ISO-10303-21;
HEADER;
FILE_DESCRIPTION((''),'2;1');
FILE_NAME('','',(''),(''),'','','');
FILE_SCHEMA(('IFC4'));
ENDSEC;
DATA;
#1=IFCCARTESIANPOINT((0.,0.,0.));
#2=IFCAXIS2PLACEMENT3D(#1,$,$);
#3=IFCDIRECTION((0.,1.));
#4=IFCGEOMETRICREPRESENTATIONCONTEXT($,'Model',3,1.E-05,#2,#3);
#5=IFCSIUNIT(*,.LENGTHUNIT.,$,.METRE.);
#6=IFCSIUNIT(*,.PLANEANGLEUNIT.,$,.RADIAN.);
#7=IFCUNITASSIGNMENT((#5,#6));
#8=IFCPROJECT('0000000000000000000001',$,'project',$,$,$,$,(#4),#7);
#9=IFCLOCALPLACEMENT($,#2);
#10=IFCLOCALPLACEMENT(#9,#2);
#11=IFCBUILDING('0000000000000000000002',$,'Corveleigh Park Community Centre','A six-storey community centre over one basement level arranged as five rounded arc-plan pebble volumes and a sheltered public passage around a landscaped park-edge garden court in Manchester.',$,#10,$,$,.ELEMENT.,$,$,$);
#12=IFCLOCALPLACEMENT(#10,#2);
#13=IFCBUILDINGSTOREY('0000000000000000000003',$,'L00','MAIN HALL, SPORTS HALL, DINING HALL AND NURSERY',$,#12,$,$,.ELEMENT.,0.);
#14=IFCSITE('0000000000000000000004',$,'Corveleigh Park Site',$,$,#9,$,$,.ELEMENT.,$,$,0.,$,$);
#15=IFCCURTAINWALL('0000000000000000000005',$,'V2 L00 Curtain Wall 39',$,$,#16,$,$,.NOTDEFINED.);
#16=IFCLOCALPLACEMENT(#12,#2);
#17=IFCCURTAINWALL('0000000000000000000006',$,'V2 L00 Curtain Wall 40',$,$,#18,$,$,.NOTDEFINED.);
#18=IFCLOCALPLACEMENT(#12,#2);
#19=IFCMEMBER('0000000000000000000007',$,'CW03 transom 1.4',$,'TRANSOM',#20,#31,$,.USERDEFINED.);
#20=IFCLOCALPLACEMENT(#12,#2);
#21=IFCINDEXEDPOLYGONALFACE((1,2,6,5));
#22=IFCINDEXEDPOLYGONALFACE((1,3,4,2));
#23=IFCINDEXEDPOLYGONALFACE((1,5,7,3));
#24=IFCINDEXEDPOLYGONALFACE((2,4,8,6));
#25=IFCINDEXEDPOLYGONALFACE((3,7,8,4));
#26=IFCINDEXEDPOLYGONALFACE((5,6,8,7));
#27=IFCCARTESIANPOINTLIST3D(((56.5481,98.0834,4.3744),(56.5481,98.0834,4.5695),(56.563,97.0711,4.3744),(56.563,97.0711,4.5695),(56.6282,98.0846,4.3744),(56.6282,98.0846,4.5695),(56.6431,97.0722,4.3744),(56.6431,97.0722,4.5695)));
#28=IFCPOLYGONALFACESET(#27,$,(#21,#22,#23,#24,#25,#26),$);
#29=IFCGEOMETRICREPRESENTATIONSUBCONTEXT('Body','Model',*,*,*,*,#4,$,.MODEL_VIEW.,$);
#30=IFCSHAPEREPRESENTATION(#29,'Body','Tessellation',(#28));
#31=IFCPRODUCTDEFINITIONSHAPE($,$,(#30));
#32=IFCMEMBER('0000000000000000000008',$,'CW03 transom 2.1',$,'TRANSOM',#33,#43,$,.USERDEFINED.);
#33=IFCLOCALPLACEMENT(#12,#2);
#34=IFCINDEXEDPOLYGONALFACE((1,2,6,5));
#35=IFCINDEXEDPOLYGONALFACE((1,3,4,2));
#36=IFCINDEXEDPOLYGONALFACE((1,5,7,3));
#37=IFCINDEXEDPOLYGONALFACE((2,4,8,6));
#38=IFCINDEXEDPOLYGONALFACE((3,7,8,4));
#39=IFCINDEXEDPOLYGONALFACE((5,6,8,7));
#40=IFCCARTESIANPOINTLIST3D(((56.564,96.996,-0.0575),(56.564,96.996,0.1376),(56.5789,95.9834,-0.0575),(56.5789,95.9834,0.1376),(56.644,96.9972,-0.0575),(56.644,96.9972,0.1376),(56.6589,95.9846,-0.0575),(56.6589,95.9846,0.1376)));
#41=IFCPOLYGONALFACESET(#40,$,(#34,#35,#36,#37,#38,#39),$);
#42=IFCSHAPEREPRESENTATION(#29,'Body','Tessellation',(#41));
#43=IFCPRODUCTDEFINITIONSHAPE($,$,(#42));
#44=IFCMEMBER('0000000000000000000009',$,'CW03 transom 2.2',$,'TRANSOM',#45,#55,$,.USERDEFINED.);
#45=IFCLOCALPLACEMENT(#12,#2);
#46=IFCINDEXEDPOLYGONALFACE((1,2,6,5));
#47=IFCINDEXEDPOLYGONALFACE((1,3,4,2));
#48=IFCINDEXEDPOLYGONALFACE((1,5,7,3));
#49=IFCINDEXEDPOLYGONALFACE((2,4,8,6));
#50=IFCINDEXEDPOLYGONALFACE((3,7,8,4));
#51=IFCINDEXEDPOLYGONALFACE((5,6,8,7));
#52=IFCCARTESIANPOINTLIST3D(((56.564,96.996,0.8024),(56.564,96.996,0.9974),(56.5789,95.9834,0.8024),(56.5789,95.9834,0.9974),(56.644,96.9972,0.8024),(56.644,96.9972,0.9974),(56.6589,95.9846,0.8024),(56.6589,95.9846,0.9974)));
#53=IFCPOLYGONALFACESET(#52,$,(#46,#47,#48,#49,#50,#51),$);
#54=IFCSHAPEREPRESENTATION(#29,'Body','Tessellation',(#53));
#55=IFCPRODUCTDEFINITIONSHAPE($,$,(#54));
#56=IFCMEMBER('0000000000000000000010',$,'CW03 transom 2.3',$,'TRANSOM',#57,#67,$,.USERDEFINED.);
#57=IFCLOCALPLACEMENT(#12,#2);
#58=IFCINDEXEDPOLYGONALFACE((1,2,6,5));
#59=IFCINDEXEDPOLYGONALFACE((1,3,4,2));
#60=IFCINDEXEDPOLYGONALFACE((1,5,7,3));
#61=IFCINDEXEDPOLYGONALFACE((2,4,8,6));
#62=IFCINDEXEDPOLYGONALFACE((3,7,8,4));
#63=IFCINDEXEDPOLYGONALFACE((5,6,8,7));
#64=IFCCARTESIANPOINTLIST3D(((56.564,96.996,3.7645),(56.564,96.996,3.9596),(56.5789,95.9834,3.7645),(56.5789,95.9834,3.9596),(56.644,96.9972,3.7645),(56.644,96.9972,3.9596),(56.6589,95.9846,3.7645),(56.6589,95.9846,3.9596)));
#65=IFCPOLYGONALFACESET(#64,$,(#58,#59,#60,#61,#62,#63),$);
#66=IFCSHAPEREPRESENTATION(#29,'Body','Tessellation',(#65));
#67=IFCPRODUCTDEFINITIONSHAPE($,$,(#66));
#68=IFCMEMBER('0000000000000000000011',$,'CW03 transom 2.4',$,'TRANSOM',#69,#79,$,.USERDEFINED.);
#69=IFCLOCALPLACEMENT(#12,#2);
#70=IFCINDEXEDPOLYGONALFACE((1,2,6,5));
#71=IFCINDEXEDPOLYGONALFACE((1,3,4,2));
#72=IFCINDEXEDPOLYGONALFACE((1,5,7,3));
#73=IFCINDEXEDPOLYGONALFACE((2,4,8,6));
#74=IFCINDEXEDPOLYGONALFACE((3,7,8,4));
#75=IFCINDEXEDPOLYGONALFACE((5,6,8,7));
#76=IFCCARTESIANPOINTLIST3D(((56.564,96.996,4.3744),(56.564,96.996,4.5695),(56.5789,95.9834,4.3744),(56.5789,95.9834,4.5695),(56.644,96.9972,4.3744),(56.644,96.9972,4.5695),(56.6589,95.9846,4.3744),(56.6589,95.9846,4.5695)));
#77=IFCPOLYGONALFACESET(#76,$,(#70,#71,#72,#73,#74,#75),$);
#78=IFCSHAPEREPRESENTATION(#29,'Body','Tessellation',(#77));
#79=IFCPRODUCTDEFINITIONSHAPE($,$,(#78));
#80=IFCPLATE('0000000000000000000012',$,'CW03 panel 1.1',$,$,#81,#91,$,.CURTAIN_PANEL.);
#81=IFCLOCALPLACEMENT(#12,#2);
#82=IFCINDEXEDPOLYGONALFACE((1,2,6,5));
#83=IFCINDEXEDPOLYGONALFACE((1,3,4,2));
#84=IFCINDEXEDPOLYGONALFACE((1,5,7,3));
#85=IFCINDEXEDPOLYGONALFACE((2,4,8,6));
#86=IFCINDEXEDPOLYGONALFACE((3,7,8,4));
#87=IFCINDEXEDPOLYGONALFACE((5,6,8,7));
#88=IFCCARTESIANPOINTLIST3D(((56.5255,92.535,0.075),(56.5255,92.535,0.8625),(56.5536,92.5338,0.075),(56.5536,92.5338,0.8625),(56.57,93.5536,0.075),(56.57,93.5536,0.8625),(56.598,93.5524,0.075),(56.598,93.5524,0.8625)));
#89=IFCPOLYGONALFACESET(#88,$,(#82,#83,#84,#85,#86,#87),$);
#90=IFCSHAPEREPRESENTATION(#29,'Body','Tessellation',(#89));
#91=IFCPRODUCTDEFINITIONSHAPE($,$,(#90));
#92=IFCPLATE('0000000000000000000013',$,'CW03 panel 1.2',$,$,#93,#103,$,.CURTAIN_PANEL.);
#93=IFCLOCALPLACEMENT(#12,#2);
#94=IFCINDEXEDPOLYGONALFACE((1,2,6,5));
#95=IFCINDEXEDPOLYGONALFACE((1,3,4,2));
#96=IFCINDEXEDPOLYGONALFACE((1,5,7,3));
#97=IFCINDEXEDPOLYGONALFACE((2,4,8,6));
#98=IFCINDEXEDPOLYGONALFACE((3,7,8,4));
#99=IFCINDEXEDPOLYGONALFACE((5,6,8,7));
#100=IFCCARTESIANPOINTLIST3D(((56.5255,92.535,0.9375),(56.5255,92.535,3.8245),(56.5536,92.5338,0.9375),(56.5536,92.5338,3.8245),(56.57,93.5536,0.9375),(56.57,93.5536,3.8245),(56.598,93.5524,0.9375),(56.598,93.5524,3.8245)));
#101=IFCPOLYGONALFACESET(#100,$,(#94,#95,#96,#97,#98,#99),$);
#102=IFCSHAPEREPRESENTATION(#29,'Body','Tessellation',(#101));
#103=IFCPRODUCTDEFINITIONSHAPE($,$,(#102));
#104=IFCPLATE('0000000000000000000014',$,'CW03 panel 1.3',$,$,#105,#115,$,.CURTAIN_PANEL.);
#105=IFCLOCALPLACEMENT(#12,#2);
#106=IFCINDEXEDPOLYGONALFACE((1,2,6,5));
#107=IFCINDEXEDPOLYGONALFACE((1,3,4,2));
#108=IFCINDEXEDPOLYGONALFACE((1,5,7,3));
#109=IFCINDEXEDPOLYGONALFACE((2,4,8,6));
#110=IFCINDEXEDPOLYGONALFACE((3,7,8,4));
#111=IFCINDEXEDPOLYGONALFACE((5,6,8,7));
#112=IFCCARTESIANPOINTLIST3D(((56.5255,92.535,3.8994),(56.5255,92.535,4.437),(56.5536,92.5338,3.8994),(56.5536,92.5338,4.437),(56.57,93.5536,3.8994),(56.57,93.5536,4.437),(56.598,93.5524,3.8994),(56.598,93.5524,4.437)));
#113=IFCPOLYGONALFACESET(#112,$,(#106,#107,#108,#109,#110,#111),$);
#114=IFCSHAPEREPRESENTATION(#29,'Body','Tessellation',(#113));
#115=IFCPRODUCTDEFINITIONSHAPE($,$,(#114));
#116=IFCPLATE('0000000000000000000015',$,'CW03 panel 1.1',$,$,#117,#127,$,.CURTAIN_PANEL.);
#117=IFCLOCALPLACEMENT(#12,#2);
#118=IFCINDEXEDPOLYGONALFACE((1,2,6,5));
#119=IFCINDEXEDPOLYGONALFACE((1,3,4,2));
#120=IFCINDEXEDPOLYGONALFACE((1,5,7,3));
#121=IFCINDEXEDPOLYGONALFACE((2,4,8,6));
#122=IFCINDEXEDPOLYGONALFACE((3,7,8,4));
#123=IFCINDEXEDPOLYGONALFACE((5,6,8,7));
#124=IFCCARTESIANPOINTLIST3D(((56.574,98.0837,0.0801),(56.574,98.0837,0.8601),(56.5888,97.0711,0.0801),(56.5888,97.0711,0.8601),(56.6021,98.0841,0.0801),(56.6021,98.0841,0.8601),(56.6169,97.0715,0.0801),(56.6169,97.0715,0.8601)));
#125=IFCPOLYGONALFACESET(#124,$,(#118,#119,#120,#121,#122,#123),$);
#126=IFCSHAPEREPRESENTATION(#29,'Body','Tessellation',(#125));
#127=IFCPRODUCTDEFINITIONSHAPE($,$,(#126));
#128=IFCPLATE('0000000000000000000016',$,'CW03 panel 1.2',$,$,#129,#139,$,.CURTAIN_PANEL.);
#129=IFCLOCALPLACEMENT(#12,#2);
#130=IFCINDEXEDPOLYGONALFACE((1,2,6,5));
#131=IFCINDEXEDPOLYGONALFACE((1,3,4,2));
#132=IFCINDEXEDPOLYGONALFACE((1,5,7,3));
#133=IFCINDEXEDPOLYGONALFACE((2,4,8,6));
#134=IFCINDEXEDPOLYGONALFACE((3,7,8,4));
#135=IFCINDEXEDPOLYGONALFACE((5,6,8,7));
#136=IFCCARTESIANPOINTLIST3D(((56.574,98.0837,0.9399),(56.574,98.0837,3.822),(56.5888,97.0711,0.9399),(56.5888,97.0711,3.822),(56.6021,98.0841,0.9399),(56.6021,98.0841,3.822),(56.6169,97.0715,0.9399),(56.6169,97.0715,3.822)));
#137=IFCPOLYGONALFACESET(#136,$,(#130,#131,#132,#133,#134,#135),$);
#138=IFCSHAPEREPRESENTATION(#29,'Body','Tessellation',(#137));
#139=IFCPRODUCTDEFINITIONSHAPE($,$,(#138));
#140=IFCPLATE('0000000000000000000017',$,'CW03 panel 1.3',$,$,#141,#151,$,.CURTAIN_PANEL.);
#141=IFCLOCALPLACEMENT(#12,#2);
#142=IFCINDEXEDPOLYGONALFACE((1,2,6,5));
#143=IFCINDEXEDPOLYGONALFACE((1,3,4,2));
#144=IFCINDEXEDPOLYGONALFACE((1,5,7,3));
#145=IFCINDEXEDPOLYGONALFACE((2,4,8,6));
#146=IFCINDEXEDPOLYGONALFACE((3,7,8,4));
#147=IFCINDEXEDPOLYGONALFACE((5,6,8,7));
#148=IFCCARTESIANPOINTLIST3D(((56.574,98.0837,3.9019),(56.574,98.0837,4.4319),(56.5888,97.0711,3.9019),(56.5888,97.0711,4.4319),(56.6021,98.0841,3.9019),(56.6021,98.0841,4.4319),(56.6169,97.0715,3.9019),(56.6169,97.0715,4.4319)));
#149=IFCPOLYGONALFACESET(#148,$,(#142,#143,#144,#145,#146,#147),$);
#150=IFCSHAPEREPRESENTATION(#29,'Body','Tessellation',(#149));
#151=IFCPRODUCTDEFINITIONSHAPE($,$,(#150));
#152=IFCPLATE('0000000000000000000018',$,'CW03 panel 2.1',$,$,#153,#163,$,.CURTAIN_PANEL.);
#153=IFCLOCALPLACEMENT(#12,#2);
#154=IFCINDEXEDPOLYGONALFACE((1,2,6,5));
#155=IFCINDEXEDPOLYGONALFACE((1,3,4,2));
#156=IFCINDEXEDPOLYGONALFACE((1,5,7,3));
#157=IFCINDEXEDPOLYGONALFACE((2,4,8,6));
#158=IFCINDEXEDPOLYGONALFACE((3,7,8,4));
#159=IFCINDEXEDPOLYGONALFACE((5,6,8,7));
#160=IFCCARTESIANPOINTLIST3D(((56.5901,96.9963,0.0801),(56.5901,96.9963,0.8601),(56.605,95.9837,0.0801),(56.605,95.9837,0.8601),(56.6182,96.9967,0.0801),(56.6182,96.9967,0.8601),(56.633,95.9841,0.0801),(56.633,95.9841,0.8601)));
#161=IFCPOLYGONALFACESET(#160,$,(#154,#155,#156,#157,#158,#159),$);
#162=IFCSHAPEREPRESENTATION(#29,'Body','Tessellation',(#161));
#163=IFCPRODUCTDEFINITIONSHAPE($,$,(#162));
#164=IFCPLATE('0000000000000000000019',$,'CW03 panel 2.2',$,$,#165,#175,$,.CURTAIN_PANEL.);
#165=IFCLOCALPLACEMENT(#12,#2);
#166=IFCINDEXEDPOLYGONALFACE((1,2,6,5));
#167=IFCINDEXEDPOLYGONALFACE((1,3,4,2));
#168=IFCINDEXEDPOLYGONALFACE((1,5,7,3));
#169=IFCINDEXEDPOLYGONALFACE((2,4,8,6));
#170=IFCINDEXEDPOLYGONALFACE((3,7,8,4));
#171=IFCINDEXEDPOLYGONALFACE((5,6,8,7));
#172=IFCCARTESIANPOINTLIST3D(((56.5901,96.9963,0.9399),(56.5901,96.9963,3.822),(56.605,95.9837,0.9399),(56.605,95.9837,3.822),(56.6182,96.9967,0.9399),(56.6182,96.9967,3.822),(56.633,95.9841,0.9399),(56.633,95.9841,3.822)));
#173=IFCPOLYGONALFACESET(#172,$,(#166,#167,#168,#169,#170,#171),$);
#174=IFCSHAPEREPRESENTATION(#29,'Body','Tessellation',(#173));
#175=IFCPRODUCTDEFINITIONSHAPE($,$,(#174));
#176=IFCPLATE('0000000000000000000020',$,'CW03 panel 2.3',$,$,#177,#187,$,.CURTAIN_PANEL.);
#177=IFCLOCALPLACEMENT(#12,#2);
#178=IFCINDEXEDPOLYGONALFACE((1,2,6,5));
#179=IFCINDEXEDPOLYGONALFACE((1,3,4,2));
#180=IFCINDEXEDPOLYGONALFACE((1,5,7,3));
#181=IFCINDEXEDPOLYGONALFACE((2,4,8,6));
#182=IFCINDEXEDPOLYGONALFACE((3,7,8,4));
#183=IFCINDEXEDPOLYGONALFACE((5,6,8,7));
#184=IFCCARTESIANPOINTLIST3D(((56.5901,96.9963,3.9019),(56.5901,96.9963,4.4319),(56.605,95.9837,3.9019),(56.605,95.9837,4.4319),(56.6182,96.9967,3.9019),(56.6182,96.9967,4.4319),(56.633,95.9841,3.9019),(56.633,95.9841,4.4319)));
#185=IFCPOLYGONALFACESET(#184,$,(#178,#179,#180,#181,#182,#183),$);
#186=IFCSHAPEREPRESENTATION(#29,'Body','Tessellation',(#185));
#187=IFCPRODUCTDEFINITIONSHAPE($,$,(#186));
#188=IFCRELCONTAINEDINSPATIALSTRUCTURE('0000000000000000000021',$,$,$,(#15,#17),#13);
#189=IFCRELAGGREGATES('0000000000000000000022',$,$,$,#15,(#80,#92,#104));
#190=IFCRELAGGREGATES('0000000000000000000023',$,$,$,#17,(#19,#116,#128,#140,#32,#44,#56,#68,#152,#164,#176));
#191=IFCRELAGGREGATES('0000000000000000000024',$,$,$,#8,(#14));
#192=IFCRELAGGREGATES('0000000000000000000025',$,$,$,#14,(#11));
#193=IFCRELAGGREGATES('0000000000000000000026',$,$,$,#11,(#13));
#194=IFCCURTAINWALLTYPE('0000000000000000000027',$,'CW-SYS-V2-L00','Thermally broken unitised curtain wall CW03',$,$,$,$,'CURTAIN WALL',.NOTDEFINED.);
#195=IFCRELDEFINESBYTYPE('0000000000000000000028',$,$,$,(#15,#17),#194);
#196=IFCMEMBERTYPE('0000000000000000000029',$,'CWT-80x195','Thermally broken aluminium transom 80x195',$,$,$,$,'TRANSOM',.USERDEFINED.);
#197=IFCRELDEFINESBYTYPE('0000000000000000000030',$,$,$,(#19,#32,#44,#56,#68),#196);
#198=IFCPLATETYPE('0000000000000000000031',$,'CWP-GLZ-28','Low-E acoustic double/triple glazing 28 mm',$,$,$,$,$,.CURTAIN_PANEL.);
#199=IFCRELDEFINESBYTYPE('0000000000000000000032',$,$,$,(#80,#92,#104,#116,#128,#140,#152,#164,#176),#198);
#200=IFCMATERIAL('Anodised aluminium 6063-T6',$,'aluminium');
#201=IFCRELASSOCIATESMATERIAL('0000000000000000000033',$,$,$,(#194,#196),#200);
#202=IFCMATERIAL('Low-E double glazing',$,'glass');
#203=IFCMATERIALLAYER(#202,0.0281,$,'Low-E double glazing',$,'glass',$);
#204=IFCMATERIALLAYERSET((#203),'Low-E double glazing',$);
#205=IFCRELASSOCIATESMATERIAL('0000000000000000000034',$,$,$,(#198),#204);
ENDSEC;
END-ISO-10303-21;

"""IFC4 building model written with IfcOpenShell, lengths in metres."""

from ifc_helpers import new_model, si_unit, direction, frame, origin, origin_2d, place, context, subcontext, project, spatial, rectangle, extrude, material, layer, layer_set, material_profile, profile_set, type_object, element, aggregate, save


model = new_model("IFC4")

# Units and contexts
model_context = context("Model", 3, precision=1e-05, world=origin(), true_north=direction((0.0, 1.0)))
body_context = subcontext(model_context, "Body", "Model", "MODEL_VIEW")
ifc_project = project(units=[si_unit("LENGTHUNIT", "METRE"), si_unit("PLANEANGLEUNIT", "RADIAN")], contexts=[model_context])

# Site, building, storey
site_placement = place(None, origin())
site = spatial("IfcSite", under=ifc_project, at=site_placement, Name="Corveleigh Park Site", CompositionType="ELEMENT", RefElevation=0.0)
building_placement = place(site_placement, origin())
building = spatial("IfcBuilding", under=site, at=building_placement, Name="Corveleigh Park Community Centre", Description="A six-storey community centre over one basement level arranged as five rounded arc-plan pebble volumes and a sheltered public passage around a landscaped park-edge garden court in Manchester.", CompositionType="ELEMENT")
storey_placement = place(building_placement, origin())
storey = spatial("IfcBuildingStorey", under=building, at=storey_placement, Name="L00", Description="MAIN HALL, SPORTS HALL, DINING HALL AND NURSERY", CompositionType="ELEMENT", Elevation=0.0)

# Curtain wall
ifc_material_1 = material(Name="Anodised aluminium 6063-T6", Category="aluminium")
curtain_wall_type = type_object("IfcCurtainWallType", Name="CW-SYS-V2-L00", Description="Thermally broken unitised curtain wall CW03", ElementType="CURTAIN WALL", PredefinedType="NOTDEFINED", material=ifc_material_1)
curtain_wall_1_placement = place(storey_placement, origin())
curtain_wall_1 = element("IfcCurtainWall", 1, at=curtain_wall_1_placement, inside=storey, type_object=curtain_wall_type, Name="V2 L00 Curtain Wall 39", PredefinedType="NOTDEFINED")

# Curtain wall
curtain_wall_2_placement = place(storey_placement, origin())
curtain_wall_2 = element("IfcCurtainWall", 2, at=curtain_wall_2_placement, inside=storey, type_object=curtain_wall_type, Name="V2 L00 Curtain Wall 40", PredefinedType="NOTDEFINED")

# Members
ifc_material_profile_1 = material_profile(ifc_material_1, rectangle(XDim=0.0801, YDim=0.1951, at=origin_2d()), Name="ALU-T80x195", Category="aluminium")
ifc_profile_set_1 = profile_set([ifc_material_profile_1], Name="Anodised aluminium 6063-T6")
member_type_1 = type_object("IfcMemberType", Name="CWT-80x195", Description="Thermally broken aluminium transom 80x195", ElementType="TRANSOM", PredefinedType="USERDEFINED", material=ifc_profile_set_1)
member_1_placement = place(storey_placement, frame((56.5881, 98.084, 4.4719), z_axis=(0.014708, -0.999892, 0.0), x_axis=(0.999892, 0.014708, 0.0)))
member_1 = element("IfcMember", 3, at=member_1_placement, type_object=member_type_1, Name="CW03 transom 1.4", ObjectType="TRANSOM", PredefinedType="USERDEFINED", context=body_context, shape_type="SweptSolid", body=[
    extrude(rectangle(XDim=0.0801, YDim=0.1951, at=origin_2d()), origin(), (0.0, 0.0, 1.0), 1.0125),
])
member_2_placement = place(storey_placement, frame((56.604, 96.9966, 0.04), z_axis=(0.014704, -0.999892, 0.0), x_axis=(0.999892, 0.014704, 0.0)))
member_2 = element("IfcMember", 4, at=member_2_placement, type_object=member_type_1, Name="CW03 transom 2.1", ObjectType="TRANSOM", PredefinedType="USERDEFINED", context=body_context, shape_type="SweptSolid", body=[
    extrude(rectangle(XDim=0.0801, YDim=0.1951, at=origin_2d()), origin(), (0.0, 0.0, 1.0), 1.0127),
])
member_3_placement = place(storey_placement, frame((56.604, 96.9966, 0.8999), z_axis=(0.014704, -0.999892, 0.0), x_axis=(0.999892, 0.014704, 0.0)))
member_3 = element("IfcMember", 5, at=member_3_placement, type_object=member_type_1, Name="CW03 transom 2.2", ObjectType="TRANSOM", PredefinedType="USERDEFINED", context=body_context, shape_type="SweptSolid", body=[
    extrude(rectangle(XDim=0.0801, YDim=0.1951, at=origin_2d()), origin(), (0.0, 0.0, 1.0), 1.0127),
])
member_4_placement = place(storey_placement, frame((56.604, 96.9966, 3.8621), z_axis=(0.014704, -0.999892, 0.0), x_axis=(0.999892, 0.014704, 0.0)))
member_4 = element("IfcMember", 6, at=member_4_placement, type_object=member_type_1, Name="CW03 transom 2.3", ObjectType="TRANSOM", PredefinedType="USERDEFINED", context=body_context, shape_type="SweptSolid", body=[
    extrude(rectangle(XDim=0.0801, YDim=0.1951, at=origin_2d()), origin(), (0.0, 0.0, 1.0), 1.0127),
])
member_5_placement = place(storey_placement, frame((56.604, 96.9966, 4.4719), z_axis=(0.014704, -0.999892, 0.0), x_axis=(0.999892, 0.014704, 0.0)))
member_5 = element("IfcMember", 7, at=member_5_placement, type_object=member_type_1, Name="CW03 transom 2.4", ObjectType="TRANSOM", PredefinedType="USERDEFINED", context=body_context, shape_type="SweptSolid", body=[
    extrude(rectangle(XDim=0.0801, YDim=0.1951, at=origin_2d()), origin(), (0.0, 0.0, 1.0), 1.0127),
])

# Plates
ifc_material_2 = material(Name="Low-E double glazing", Category="glass")
ifc_layer_1 = layer(ifc_material_2, 0.0281, Name="Low-E double glazing", Category="glass")
ifc_layer_set_1 = layer_set([ifc_layer_1], Name="Low-E double glazing")
plate_type = type_object("IfcPlateType", Name="CWP-GLZ-28", Description="Low-E acoustic double/triple glazing 28 mm", PredefinedType="CURTAIN_PANEL", material=ifc_layer_set_1)
plate_1_placement = place(storey_placement, frame((56.5618, 93.0437, 0.075), z_axis=(0.0, 0.0, 1.0), x_axis=(-0.043572, -0.99905, 0.0)))
plate_1 = element("IfcPlate", 8, at=plate_1_placement, type_object=plate_type, Name="CW03 panel 1.1", PredefinedType="CURTAIN_PANEL", context=body_context, shape_type="SweptSolid", body=[
    extrude(rectangle(XDim=1.0195, YDim=0.0281, at=origin_2d()), origin(), (0.0, 0.0, 1.0), 0.7876),
])
plate_2_placement = place(storey_placement, frame((56.5618, 93.0437, 0.9375), z_axis=(0.0, 0.0, 1.0), x_axis=(-0.043572, -0.99905, 0.0)))
plate_2 = element("IfcPlate", 9, at=plate_2_placement, type_object=plate_type, Name="CW03 panel 1.2", PredefinedType="CURTAIN_PANEL", context=body_context, shape_type="SweptSolid", body=[
    extrude(rectangle(XDim=1.0195, YDim=0.0281, at=origin_2d()), origin(), (0.0, 0.0, 1.0), 2.887),
])
plate_3_placement = place(storey_placement, frame((56.5618, 93.0437, 3.8994), z_axis=(0.0, 0.0, 1.0), x_axis=(-0.043572, -0.99905, 0.0)))
plate_3 = element("IfcPlate", 10, at=plate_3_placement, type_object=plate_type, Name="CW03 panel 1.3", PredefinedType="CURTAIN_PANEL", context=body_context, shape_type="SweptSolid", body=[
    extrude(rectangle(XDim=1.0195, YDim=0.0281, at=origin_2d()), origin(), (0.0, 0.0, 1.0), 0.5376),
])
aggregate(curtain_wall_1, [plate_1, plate_2, plate_3])
plate_4_placement = place(storey_placement, frame((56.5955, 97.5776, 0.0801), z_axis=(0.0, 0.0, 1.0), x_axis=(0.014665, -0.999892, 0.0)))
plate_4 = element("IfcPlate", 11, at=plate_4_placement, type_object=plate_type, Name="CW03 panel 1.1", PredefinedType="CURTAIN_PANEL", context=body_context, shape_type="SweptSolid", body=[
    extrude(rectangle(XDim=1.0127, YDim=0.0281, at=origin_2d()), origin(), (0.0, 0.0, 1.0), 0.78),
])
plate_5_placement = place(storey_placement, frame((56.5955, 97.5776, 0.9399), z_axis=(0.0, 0.0, 1.0), x_axis=(0.014665, -0.999892, 0.0)))
plate_5 = element("IfcPlate", 12, at=plate_5_placement, type_object=plate_type, Name="CW03 panel 1.2", PredefinedType="CURTAIN_PANEL", context=body_context, shape_type="SweptSolid", body=[
    extrude(rectangle(XDim=1.0127, YDim=0.0281, at=origin_2d()), origin(), (0.0, 0.0, 1.0), 2.8821),
])
plate_6_placement = place(storey_placement, frame((56.5955, 97.5776, 3.9019), z_axis=(0.0, 0.0, 1.0), x_axis=(0.014665, -0.999892, 0.0)))
plate_6 = element("IfcPlate", 13, at=plate_6_placement, type_object=plate_type, Name="CW03 panel 1.3", PredefinedType="CURTAIN_PANEL", context=body_context, shape_type="SweptSolid", body=[
    extrude(rectangle(XDim=1.0127, YDim=0.0281, at=origin_2d()), origin(), (0.0, 0.0, 1.0), 0.53),
])
plate_7_placement = place(storey_placement, frame((56.6116, 96.4902, 0.0801), z_axis=(0.0, 0.0, 1.0), x_axis=(0.014665, -0.999892, 0.0)))
plate_7 = element("IfcPlate", 14, at=plate_7_placement, type_object=plate_type, Name="CW03 panel 2.1", PredefinedType="CURTAIN_PANEL", context=body_context, shape_type="SweptSolid", body=[
    extrude(rectangle(XDim=1.0127, YDim=0.0281, at=origin_2d()), origin(), (0.0, 0.0, 1.0), 0.78),
])
plate_8_placement = place(storey_placement, frame((56.6116, 96.4902, 0.9399), z_axis=(0.0, 0.0, 1.0), x_axis=(0.014665, -0.999892, 0.0)))
plate_8 = element("IfcPlate", 15, at=plate_8_placement, type_object=plate_type, Name="CW03 panel 2.2", PredefinedType="CURTAIN_PANEL", context=body_context, shape_type="SweptSolid", body=[
    extrude(rectangle(XDim=1.0127, YDim=0.0281, at=origin_2d()), origin(), (0.0, 0.0, 1.0), 2.8821),
])
plate_9_placement = place(storey_placement, frame((56.6116, 96.4902, 3.9019), z_axis=(0.0, 0.0, 1.0), x_axis=(0.014665, -0.999892, 0.0)))
plate_9 = element("IfcPlate", 16, at=plate_9_placement, type_object=plate_type, Name="CW03 panel 2.3", PredefinedType="CURTAIN_PANEL", context=body_context, shape_type="SweptSolid", body=[
    extrude(rectangle(XDim=1.0127, YDim=0.0281, at=origin_2d()), origin(), (0.0, 0.0, 1.0), 0.53),
])
aggregate(curtain_wall_2, [member_1, plate_4, plate_5, plate_6, member_2, member_3, member_4, member_5, plate_7, plate_8, plate_9])

save(model, "model.ifc")
